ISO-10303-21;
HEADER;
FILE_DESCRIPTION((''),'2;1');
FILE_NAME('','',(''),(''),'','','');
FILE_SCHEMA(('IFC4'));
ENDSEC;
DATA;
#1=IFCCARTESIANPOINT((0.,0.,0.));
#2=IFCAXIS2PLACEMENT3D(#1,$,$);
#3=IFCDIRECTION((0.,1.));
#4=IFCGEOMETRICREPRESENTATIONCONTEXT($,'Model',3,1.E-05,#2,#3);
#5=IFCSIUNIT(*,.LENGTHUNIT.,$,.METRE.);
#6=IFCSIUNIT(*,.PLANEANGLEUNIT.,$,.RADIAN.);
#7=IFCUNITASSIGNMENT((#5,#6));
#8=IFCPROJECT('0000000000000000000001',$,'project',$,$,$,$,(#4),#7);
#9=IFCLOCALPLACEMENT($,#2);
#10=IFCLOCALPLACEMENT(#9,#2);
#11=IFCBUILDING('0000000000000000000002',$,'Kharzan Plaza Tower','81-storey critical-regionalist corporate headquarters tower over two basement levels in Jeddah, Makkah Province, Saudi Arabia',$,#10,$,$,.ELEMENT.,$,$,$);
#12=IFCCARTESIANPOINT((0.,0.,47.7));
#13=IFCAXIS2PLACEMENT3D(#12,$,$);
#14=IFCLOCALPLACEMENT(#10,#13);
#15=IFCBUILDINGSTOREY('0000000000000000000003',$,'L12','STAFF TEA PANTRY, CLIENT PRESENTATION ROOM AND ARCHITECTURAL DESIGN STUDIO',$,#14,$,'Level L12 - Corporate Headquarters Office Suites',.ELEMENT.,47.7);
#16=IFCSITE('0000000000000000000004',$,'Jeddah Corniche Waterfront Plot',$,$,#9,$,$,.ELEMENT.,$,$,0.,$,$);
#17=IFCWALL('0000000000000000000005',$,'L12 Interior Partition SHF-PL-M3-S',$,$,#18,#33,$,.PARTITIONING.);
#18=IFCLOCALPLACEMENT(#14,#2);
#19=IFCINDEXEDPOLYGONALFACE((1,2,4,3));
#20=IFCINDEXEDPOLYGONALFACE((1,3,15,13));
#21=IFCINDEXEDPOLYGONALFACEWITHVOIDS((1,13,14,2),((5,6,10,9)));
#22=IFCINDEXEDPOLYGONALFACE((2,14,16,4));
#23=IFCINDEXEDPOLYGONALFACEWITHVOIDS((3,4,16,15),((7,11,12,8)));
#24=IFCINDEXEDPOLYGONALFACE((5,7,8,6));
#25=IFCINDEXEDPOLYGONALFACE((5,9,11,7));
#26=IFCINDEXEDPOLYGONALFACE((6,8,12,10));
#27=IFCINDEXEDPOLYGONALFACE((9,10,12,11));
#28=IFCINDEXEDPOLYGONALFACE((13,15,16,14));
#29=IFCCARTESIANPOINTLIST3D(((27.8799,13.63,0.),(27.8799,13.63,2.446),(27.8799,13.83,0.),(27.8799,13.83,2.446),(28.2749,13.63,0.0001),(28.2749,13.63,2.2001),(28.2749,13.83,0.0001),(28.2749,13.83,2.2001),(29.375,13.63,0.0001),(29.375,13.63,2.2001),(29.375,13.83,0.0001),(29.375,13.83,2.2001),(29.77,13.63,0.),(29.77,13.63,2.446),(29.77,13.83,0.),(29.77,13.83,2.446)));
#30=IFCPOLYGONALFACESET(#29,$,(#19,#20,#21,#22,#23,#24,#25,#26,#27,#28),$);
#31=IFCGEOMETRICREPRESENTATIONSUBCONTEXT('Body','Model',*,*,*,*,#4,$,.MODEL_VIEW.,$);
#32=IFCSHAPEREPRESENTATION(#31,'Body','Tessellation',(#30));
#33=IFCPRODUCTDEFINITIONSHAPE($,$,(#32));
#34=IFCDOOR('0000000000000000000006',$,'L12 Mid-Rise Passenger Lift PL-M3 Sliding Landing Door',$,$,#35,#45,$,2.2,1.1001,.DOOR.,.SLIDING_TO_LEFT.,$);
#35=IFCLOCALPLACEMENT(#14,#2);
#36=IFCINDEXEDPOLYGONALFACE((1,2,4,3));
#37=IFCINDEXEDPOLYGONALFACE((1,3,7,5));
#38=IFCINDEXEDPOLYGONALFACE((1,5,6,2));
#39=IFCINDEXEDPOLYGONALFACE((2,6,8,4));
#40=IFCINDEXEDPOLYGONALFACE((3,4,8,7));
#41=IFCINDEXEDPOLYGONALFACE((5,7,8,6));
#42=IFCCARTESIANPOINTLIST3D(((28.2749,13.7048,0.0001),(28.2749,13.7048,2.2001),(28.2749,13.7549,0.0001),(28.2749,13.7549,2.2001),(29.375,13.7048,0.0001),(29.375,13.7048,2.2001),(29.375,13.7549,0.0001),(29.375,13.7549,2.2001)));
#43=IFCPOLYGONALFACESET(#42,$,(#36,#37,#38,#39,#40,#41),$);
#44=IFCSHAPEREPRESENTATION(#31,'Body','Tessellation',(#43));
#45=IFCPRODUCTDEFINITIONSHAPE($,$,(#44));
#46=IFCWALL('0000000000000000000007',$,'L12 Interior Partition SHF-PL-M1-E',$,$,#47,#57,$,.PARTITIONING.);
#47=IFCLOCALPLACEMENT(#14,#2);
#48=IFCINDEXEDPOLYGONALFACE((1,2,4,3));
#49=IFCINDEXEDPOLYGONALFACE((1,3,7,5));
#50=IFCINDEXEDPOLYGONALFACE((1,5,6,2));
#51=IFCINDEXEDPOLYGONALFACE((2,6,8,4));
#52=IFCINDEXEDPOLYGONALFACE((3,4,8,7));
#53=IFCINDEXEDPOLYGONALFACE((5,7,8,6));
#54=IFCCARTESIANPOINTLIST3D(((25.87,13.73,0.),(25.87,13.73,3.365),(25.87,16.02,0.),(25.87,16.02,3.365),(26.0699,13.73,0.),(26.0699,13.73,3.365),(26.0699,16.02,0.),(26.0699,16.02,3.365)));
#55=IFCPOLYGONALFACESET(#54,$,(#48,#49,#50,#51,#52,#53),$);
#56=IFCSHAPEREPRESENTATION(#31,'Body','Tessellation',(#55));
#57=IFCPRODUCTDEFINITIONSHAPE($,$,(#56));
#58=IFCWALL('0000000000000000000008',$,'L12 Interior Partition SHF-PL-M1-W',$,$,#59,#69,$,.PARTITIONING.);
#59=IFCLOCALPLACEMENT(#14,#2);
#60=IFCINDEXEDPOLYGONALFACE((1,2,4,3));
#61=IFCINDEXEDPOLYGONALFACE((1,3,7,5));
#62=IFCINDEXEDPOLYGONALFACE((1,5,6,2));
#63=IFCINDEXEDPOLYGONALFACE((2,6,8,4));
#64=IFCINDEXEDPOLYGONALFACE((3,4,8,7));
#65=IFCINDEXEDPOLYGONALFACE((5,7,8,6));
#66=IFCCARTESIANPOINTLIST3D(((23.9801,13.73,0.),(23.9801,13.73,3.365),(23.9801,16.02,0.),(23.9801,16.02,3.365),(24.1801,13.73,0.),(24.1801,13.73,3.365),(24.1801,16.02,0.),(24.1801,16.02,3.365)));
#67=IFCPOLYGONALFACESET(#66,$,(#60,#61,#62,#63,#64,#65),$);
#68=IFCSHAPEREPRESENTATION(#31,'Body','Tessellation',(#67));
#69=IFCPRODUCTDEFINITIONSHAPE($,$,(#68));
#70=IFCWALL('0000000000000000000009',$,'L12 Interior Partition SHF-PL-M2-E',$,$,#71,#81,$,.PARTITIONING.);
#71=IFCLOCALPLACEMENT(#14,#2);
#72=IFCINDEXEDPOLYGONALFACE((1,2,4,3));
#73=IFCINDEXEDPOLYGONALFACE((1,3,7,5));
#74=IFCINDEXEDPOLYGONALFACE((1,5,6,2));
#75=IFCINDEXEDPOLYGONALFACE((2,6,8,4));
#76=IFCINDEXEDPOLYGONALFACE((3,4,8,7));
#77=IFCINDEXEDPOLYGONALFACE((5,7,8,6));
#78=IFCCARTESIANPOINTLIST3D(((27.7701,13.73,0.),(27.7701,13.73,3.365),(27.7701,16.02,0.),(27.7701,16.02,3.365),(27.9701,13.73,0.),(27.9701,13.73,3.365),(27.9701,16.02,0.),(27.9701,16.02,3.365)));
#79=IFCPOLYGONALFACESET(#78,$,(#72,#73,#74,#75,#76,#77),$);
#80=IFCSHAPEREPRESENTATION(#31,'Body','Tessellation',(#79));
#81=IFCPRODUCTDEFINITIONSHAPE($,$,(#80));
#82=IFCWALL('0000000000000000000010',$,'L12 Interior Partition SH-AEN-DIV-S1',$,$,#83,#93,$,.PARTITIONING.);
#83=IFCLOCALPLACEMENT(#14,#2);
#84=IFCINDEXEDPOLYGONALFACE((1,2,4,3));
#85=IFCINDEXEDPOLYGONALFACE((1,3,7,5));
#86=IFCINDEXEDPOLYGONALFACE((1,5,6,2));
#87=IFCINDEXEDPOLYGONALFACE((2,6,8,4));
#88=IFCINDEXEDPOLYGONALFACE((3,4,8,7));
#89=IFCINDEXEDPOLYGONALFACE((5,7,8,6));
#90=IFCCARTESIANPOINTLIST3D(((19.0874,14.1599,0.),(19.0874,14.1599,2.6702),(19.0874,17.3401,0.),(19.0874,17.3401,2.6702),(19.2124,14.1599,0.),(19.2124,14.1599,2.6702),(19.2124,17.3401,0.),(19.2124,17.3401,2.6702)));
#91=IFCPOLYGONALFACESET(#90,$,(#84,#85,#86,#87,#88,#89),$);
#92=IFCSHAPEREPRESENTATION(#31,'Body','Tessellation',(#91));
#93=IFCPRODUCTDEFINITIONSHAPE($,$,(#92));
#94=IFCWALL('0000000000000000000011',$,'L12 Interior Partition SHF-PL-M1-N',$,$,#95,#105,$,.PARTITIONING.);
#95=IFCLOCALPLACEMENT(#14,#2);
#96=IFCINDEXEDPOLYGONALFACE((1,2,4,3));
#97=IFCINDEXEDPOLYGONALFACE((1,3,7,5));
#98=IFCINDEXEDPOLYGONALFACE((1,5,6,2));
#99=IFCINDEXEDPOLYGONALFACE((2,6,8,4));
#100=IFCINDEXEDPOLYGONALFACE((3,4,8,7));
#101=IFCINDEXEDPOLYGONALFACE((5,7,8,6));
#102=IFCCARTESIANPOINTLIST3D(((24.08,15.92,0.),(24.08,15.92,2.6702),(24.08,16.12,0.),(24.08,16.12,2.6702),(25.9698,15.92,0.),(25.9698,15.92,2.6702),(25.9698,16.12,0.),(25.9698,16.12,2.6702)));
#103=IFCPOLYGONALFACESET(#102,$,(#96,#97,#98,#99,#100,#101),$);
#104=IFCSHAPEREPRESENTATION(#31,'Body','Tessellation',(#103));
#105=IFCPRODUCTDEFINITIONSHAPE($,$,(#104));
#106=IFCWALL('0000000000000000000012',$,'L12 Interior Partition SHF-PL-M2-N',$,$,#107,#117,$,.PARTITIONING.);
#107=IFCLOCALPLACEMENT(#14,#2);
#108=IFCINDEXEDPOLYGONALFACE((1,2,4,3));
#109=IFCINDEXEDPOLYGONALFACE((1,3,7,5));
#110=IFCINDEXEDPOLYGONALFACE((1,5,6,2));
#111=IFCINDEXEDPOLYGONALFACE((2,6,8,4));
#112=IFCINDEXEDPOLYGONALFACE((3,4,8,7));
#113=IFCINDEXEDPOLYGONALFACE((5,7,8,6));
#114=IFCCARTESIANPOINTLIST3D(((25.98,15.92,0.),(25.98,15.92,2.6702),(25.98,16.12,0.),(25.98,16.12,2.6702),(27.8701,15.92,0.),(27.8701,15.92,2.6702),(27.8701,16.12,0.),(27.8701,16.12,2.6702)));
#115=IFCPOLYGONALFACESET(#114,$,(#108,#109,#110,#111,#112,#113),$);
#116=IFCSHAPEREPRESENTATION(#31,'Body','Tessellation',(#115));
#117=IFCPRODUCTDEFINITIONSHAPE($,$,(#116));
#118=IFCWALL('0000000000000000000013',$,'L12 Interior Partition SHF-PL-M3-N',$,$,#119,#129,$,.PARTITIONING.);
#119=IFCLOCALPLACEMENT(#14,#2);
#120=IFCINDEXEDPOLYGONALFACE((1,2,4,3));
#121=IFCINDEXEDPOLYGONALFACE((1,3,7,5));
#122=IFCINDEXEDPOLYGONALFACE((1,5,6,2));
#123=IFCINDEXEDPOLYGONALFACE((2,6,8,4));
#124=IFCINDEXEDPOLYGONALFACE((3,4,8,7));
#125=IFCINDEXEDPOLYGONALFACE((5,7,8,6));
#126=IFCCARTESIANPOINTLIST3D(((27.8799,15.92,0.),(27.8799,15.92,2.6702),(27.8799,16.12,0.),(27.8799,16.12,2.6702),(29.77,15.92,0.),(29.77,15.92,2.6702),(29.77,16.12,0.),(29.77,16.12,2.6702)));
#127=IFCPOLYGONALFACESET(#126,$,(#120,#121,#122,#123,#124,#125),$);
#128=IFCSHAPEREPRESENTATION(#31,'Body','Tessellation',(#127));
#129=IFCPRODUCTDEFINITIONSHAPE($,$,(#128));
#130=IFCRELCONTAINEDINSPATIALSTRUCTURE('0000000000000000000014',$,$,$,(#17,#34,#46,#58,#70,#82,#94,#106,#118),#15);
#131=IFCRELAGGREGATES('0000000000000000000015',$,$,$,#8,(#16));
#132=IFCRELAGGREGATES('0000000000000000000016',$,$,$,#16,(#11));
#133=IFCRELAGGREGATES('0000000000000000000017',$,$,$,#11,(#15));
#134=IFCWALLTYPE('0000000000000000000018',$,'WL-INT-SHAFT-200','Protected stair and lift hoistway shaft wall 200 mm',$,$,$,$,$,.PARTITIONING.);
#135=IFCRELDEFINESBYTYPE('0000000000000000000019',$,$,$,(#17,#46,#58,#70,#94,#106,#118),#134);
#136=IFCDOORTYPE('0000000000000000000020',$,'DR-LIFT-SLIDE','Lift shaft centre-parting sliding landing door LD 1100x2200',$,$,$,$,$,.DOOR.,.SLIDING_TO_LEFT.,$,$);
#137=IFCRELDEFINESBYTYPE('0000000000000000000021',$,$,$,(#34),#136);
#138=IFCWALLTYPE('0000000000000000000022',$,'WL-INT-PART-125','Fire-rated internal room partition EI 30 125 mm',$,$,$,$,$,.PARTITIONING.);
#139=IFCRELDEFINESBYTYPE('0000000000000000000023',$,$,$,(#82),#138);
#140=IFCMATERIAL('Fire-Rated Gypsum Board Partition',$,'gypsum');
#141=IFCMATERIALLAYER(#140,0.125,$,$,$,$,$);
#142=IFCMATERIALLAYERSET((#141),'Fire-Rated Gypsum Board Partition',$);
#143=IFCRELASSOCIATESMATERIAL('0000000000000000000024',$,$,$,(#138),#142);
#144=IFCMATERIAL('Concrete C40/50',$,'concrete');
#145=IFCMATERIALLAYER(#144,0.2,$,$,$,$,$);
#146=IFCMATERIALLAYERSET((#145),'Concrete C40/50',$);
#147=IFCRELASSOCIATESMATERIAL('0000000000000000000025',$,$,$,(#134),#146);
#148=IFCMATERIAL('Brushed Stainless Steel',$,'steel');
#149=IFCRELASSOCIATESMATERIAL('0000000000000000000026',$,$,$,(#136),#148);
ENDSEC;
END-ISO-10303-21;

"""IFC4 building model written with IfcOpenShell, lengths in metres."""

from ifc_helpers import new_model, si_unit, direction, frame, frame_2d, origin, place, context, subcontext, project, spatial, rectangle, extrude, source, transform, mapped, material, layer, layer_set, type_object, element, fill, save


model = new_model("IFC4")

# Units and contexts
model_context = context("Model", 3, precision=1e-05, world=origin(), true_north=direction((0.0, 1.0)))
body_context = subcontext(model_context, "Body", "Model", "MODEL_VIEW")
ifc_project = project(units=[si_unit("LENGTHUNIT", "METRE"), si_unit("PLANEANGLEUNIT", "RADIAN")], contexts=[model_context])

# Site, building, storey
site_placement = place(None, origin())
site = spatial("IfcSite", under=ifc_project, at=site_placement, Name="Jeddah Corniche Waterfront Plot", CompositionType="ELEMENT", RefElevation=0.0)
building_placement = place(site_placement, origin())
building = spatial("IfcBuilding", under=site, at=building_placement, Name="Kharzan Plaza Tower", Description="81-storey critical-regionalist corporate headquarters tower over two basement levels in Jeddah, Makkah Province, Saudi Arabia", CompositionType="ELEMENT")
storey_placement = place(building_placement, frame((0.0, 0.0, 47.7)))
storey = spatial("IfcBuildingStorey", under=building, at=storey_placement, Name="L12", Description="STAFF TEA PANTRY, CLIENT PRESENTATION ROOM AND ARCHITECTURAL DESIGN STUDIO", LongName="Level L12 - Corporate Headquarters Office Suites", CompositionType="ELEMENT", Elevation=47.7)

# Wall, opening, door
ifc_material_1 = material(Name="Fire-Rated Gypsum Board Partition", Category="gypsum")
ifc_layer_1 = layer(ifc_material_1, 0.125)
ifc_layer_set_1 = layer_set([ifc_layer_1], Name="Fire-Rated Gypsum Board Partition")
wall_type_1 = type_object("IfcWallType", Name="WL-INT-PART-125", Description="Fire-rated internal room partition EI 30 125 mm", PredefinedType="PARTITIONING", material=ifc_layer_set_1)
ifc_material_2 = material(Name="Concrete C40/50", Category="concrete")
ifc_layer_2 = layer(ifc_material_2, 0.2)
ifc_layer_set_2 = layer_set([ifc_layer_2], Name="Concrete C40/50")
wall_type_2 = type_object("IfcWallType", Name="WL-INT-SHAFT-200", Description="Protected stair and lift hoistway shaft wall 200 mm", PredefinedType="PARTITIONING", material=ifc_layer_set_2)
ifc_material_3 = material(Name="Brushed Stainless Steel", Category="steel")
door_type_1 = type_object("IfcDoorType", Name="DR-LIFT-SLIDE", Description="Lift shaft centre-parting sliding landing door LD 1100x2200", OperationType="SLIDING_TO_LEFT", PredefinedType="DOOR", material=ifc_material_3)
shared_shape_1 = source(origin(), body_context, "Body", "SweptSolid", [
    extrude(rectangle(XDim=1.1001, YDim=2.2, at=frame_2d((0.55, 1.1001))), frame((0.0, 0.0249, 0.0), z_axis=(0.0, -1.0, 0.0), x_axis=(1.0, 0.0, 0.0)), (0.0, 0.0, 1.0), 0.05),
])
wall_1_placement = place(storey_placement, frame((27.8799, 13.73, 0.0), z_axis=(0.0, 0.0, 1.0), x_axis=(1.0, 0.0, 0.0)))
wall_1 = element("IfcWall", 1, at=wall_1_placement, inside=storey, type_object=wall_type_2, Name="L12 Interior Partition SHF-PL-M3-S", PredefinedType="PARTITIONING", context=body_context, shape_type="SweptSolid", body=[
    extrude(rectangle(XDim=1.8901, YDim=0.2, at=frame_2d((0.9451, 0.0))), origin(), (0.0, 0.0, 1.0), 2.446),
])
opening_1_placement = place(wall_1_placement, frame((0.395, 0.0, 0.0)))
opening_1 = element("IfcOpeningElement", 2, at=opening_1_placement, cuts=wall_1, PredefinedType="OPENING", context=body_context, shape_type="SweptSolid", body=[
    extrude(rectangle(XDim=1.1001, YDim=2.2, at=frame_2d((0.55, 1.1001))), frame((0.0, 0.1099, 0.0), z_axis=(0.0, -1.0, 0.0), x_axis=(1.0, 0.0, 0.0)), (0.0, 0.0, 1.0), 0.22),
])
door_1_placement = place(opening_1_placement, origin())
door_1 = element("IfcDoor", 3, at=door_1_placement, inside=storey, type_object=door_type_1, Name="L12 Mid-Rise Passenger Lift PL-M3 Sliding Landing Door", OperationType="SLIDING_TO_LEFT", OverallHeight=2.2, OverallWidth=1.1001, PredefinedType="DOOR", context=body_context, shape_type="MappedRepresentation", body=[
    mapped(shared_shape_1, transform((0.0, 0.0, 0.0), x_axis=(1.0, 0.0, 0.0), y_axis=(0.0, 1.0, 0.0), z_axis=(0.0, 0.0, 1.0))),
])
fill(opening_1, door_1)

# Walls
shared_shape_2 = source(origin(), body_context, "Body", "SweptSolid", [
    extrude(rectangle(XDim=2.29, YDim=0.2, at=frame_2d((1.145, 0.0))), origin(), (0.0, 0.0, 1.0), 3.365),
])
for number, where, z_axis, x_axis, name in (
    (4, (25.97, 13.73, 0.0), (0.0, 0.0, 1.0), (0.0, 1.0, 0.0), "L12 Interior Partition SHF-PL-M1-E"),
    (5, (24.0801, 13.73, 0.0), (0.0, 0.0, 1.0), (0.0, 1.0, 0.0), "L12 Interior Partition SHF-PL-M1-W"),
    (6, (27.8701, 13.73, 0.0), (0.0, 0.0, 1.0), (0.0, 1.0, 0.0), "L12 Interior Partition SHF-PL-M2-E"),
):
    element("IfcWall", number, at=place(storey_placement, frame(where, z_axis=z_axis, x_axis=x_axis)), inside=storey, type_object=wall_type_2, Name=name, PredefinedType="PARTITIONING", context=body_context, shape_type="MappedRepresentation", body=[
        mapped(shared_shape_2, transform((0.0, 0.0, 0.0), x_axis=(1.0, 0.0, 0.0), y_axis=(0.0, 1.0, 0.0), z_axis=(0.0, 0.0, 1.0))),
    ])
shared_shape_3 = source(origin(), body_context, "Body", "SweptSolid", [
    extrude(rectangle(XDim=3.1802, YDim=0.125, at=frame_2d((1.5901, 0.0))), origin(), (0.0, 0.0, 1.0), 2.6702),
])
wall_2_placement = place(storey_placement, frame((19.1499, 14.1599, 0.0), z_axis=(0.0, 0.0, 1.0), x_axis=(0.0, 1.0, 0.0)))
element("IfcWall", 7, at=wall_2_placement, inside=storey, type_object=wall_type_1, Name="L12 Interior Partition SH-AEN-DIV-S1", PredefinedType="PARTITIONING", context=body_context, shape_type="MappedRepresentation", body=[
    mapped(shared_shape_3, transform((0.0, 0.0, 0.0), x_axis=(1.0, 0.0, 0.0), y_axis=(0.0, 1.0, 0.0), z_axis=(0.0, 0.0, 1.0))),
])
shared_shape_4 = source(origin(), body_context, "Body", "SweptSolid", [
    extrude(rectangle(XDim=1.8899, YDim=0.2, at=frame_2d((0.9448, 0.0))), origin(), (0.0, 0.0, 1.0), 2.6702),
])
wall_3_placement = place(storey_placement, frame((24.0801, 16.02, 0.0), z_axis=(0.0, 0.0, 1.0), x_axis=(1.0, 0.0, 0.0)))
element("IfcWall", 8, at=wall_3_placement, inside=storey, type_object=wall_type_2, Name="L12 Interior Partition SHF-PL-M1-N", PredefinedType="PARTITIONING", context=body_context, shape_type="MappedRepresentation", body=[
    mapped(shared_shape_4, transform((0.0, 0.0, 0.0), x_axis=(1.0, 0.0, 0.0), y_axis=(0.0, 1.0, 0.0), z_axis=(0.0, 0.0, 1.0))),
])
shared_shape_5 = source(origin(), body_context, "Body", "SweptSolid", [
    extrude(rectangle(XDim=1.8901, YDim=0.2, at=frame_2d((0.9451, 0.0))), origin(), (0.0, 0.0, 1.0), 2.6702),
])
for number, where, z_axis, x_axis, name in (
    (9, (25.98, 16.02, 0.0), (0.0, 0.0, 1.0), (1.0, 0.0, 0.0), "L12 Interior Partition SHF-PL-M2-N"),
    (10, (27.8799, 16.02, 0.0), (0.0, 0.0, 1.0), (1.0, 0.0, 0.0), "L12 Interior Partition SHF-PL-M3-N"),
):
    element("IfcWall", number, at=place(storey_placement, frame(where, z_axis=z_axis, x_axis=x_axis)), inside=storey, type_object=wall_type_2, Name=name, PredefinedType="PARTITIONING", context=body_context, shape_type="MappedRepresentation", body=[
        mapped(shared_shape_5, transform((0.0, 0.0, 0.0), x_axis=(1.0, 0.0, 0.0), y_axis=(0.0, 1.0, 0.0), z_axis=(0.0, 0.0, 1.0))),
    ])

save(model, "model.ifc")
